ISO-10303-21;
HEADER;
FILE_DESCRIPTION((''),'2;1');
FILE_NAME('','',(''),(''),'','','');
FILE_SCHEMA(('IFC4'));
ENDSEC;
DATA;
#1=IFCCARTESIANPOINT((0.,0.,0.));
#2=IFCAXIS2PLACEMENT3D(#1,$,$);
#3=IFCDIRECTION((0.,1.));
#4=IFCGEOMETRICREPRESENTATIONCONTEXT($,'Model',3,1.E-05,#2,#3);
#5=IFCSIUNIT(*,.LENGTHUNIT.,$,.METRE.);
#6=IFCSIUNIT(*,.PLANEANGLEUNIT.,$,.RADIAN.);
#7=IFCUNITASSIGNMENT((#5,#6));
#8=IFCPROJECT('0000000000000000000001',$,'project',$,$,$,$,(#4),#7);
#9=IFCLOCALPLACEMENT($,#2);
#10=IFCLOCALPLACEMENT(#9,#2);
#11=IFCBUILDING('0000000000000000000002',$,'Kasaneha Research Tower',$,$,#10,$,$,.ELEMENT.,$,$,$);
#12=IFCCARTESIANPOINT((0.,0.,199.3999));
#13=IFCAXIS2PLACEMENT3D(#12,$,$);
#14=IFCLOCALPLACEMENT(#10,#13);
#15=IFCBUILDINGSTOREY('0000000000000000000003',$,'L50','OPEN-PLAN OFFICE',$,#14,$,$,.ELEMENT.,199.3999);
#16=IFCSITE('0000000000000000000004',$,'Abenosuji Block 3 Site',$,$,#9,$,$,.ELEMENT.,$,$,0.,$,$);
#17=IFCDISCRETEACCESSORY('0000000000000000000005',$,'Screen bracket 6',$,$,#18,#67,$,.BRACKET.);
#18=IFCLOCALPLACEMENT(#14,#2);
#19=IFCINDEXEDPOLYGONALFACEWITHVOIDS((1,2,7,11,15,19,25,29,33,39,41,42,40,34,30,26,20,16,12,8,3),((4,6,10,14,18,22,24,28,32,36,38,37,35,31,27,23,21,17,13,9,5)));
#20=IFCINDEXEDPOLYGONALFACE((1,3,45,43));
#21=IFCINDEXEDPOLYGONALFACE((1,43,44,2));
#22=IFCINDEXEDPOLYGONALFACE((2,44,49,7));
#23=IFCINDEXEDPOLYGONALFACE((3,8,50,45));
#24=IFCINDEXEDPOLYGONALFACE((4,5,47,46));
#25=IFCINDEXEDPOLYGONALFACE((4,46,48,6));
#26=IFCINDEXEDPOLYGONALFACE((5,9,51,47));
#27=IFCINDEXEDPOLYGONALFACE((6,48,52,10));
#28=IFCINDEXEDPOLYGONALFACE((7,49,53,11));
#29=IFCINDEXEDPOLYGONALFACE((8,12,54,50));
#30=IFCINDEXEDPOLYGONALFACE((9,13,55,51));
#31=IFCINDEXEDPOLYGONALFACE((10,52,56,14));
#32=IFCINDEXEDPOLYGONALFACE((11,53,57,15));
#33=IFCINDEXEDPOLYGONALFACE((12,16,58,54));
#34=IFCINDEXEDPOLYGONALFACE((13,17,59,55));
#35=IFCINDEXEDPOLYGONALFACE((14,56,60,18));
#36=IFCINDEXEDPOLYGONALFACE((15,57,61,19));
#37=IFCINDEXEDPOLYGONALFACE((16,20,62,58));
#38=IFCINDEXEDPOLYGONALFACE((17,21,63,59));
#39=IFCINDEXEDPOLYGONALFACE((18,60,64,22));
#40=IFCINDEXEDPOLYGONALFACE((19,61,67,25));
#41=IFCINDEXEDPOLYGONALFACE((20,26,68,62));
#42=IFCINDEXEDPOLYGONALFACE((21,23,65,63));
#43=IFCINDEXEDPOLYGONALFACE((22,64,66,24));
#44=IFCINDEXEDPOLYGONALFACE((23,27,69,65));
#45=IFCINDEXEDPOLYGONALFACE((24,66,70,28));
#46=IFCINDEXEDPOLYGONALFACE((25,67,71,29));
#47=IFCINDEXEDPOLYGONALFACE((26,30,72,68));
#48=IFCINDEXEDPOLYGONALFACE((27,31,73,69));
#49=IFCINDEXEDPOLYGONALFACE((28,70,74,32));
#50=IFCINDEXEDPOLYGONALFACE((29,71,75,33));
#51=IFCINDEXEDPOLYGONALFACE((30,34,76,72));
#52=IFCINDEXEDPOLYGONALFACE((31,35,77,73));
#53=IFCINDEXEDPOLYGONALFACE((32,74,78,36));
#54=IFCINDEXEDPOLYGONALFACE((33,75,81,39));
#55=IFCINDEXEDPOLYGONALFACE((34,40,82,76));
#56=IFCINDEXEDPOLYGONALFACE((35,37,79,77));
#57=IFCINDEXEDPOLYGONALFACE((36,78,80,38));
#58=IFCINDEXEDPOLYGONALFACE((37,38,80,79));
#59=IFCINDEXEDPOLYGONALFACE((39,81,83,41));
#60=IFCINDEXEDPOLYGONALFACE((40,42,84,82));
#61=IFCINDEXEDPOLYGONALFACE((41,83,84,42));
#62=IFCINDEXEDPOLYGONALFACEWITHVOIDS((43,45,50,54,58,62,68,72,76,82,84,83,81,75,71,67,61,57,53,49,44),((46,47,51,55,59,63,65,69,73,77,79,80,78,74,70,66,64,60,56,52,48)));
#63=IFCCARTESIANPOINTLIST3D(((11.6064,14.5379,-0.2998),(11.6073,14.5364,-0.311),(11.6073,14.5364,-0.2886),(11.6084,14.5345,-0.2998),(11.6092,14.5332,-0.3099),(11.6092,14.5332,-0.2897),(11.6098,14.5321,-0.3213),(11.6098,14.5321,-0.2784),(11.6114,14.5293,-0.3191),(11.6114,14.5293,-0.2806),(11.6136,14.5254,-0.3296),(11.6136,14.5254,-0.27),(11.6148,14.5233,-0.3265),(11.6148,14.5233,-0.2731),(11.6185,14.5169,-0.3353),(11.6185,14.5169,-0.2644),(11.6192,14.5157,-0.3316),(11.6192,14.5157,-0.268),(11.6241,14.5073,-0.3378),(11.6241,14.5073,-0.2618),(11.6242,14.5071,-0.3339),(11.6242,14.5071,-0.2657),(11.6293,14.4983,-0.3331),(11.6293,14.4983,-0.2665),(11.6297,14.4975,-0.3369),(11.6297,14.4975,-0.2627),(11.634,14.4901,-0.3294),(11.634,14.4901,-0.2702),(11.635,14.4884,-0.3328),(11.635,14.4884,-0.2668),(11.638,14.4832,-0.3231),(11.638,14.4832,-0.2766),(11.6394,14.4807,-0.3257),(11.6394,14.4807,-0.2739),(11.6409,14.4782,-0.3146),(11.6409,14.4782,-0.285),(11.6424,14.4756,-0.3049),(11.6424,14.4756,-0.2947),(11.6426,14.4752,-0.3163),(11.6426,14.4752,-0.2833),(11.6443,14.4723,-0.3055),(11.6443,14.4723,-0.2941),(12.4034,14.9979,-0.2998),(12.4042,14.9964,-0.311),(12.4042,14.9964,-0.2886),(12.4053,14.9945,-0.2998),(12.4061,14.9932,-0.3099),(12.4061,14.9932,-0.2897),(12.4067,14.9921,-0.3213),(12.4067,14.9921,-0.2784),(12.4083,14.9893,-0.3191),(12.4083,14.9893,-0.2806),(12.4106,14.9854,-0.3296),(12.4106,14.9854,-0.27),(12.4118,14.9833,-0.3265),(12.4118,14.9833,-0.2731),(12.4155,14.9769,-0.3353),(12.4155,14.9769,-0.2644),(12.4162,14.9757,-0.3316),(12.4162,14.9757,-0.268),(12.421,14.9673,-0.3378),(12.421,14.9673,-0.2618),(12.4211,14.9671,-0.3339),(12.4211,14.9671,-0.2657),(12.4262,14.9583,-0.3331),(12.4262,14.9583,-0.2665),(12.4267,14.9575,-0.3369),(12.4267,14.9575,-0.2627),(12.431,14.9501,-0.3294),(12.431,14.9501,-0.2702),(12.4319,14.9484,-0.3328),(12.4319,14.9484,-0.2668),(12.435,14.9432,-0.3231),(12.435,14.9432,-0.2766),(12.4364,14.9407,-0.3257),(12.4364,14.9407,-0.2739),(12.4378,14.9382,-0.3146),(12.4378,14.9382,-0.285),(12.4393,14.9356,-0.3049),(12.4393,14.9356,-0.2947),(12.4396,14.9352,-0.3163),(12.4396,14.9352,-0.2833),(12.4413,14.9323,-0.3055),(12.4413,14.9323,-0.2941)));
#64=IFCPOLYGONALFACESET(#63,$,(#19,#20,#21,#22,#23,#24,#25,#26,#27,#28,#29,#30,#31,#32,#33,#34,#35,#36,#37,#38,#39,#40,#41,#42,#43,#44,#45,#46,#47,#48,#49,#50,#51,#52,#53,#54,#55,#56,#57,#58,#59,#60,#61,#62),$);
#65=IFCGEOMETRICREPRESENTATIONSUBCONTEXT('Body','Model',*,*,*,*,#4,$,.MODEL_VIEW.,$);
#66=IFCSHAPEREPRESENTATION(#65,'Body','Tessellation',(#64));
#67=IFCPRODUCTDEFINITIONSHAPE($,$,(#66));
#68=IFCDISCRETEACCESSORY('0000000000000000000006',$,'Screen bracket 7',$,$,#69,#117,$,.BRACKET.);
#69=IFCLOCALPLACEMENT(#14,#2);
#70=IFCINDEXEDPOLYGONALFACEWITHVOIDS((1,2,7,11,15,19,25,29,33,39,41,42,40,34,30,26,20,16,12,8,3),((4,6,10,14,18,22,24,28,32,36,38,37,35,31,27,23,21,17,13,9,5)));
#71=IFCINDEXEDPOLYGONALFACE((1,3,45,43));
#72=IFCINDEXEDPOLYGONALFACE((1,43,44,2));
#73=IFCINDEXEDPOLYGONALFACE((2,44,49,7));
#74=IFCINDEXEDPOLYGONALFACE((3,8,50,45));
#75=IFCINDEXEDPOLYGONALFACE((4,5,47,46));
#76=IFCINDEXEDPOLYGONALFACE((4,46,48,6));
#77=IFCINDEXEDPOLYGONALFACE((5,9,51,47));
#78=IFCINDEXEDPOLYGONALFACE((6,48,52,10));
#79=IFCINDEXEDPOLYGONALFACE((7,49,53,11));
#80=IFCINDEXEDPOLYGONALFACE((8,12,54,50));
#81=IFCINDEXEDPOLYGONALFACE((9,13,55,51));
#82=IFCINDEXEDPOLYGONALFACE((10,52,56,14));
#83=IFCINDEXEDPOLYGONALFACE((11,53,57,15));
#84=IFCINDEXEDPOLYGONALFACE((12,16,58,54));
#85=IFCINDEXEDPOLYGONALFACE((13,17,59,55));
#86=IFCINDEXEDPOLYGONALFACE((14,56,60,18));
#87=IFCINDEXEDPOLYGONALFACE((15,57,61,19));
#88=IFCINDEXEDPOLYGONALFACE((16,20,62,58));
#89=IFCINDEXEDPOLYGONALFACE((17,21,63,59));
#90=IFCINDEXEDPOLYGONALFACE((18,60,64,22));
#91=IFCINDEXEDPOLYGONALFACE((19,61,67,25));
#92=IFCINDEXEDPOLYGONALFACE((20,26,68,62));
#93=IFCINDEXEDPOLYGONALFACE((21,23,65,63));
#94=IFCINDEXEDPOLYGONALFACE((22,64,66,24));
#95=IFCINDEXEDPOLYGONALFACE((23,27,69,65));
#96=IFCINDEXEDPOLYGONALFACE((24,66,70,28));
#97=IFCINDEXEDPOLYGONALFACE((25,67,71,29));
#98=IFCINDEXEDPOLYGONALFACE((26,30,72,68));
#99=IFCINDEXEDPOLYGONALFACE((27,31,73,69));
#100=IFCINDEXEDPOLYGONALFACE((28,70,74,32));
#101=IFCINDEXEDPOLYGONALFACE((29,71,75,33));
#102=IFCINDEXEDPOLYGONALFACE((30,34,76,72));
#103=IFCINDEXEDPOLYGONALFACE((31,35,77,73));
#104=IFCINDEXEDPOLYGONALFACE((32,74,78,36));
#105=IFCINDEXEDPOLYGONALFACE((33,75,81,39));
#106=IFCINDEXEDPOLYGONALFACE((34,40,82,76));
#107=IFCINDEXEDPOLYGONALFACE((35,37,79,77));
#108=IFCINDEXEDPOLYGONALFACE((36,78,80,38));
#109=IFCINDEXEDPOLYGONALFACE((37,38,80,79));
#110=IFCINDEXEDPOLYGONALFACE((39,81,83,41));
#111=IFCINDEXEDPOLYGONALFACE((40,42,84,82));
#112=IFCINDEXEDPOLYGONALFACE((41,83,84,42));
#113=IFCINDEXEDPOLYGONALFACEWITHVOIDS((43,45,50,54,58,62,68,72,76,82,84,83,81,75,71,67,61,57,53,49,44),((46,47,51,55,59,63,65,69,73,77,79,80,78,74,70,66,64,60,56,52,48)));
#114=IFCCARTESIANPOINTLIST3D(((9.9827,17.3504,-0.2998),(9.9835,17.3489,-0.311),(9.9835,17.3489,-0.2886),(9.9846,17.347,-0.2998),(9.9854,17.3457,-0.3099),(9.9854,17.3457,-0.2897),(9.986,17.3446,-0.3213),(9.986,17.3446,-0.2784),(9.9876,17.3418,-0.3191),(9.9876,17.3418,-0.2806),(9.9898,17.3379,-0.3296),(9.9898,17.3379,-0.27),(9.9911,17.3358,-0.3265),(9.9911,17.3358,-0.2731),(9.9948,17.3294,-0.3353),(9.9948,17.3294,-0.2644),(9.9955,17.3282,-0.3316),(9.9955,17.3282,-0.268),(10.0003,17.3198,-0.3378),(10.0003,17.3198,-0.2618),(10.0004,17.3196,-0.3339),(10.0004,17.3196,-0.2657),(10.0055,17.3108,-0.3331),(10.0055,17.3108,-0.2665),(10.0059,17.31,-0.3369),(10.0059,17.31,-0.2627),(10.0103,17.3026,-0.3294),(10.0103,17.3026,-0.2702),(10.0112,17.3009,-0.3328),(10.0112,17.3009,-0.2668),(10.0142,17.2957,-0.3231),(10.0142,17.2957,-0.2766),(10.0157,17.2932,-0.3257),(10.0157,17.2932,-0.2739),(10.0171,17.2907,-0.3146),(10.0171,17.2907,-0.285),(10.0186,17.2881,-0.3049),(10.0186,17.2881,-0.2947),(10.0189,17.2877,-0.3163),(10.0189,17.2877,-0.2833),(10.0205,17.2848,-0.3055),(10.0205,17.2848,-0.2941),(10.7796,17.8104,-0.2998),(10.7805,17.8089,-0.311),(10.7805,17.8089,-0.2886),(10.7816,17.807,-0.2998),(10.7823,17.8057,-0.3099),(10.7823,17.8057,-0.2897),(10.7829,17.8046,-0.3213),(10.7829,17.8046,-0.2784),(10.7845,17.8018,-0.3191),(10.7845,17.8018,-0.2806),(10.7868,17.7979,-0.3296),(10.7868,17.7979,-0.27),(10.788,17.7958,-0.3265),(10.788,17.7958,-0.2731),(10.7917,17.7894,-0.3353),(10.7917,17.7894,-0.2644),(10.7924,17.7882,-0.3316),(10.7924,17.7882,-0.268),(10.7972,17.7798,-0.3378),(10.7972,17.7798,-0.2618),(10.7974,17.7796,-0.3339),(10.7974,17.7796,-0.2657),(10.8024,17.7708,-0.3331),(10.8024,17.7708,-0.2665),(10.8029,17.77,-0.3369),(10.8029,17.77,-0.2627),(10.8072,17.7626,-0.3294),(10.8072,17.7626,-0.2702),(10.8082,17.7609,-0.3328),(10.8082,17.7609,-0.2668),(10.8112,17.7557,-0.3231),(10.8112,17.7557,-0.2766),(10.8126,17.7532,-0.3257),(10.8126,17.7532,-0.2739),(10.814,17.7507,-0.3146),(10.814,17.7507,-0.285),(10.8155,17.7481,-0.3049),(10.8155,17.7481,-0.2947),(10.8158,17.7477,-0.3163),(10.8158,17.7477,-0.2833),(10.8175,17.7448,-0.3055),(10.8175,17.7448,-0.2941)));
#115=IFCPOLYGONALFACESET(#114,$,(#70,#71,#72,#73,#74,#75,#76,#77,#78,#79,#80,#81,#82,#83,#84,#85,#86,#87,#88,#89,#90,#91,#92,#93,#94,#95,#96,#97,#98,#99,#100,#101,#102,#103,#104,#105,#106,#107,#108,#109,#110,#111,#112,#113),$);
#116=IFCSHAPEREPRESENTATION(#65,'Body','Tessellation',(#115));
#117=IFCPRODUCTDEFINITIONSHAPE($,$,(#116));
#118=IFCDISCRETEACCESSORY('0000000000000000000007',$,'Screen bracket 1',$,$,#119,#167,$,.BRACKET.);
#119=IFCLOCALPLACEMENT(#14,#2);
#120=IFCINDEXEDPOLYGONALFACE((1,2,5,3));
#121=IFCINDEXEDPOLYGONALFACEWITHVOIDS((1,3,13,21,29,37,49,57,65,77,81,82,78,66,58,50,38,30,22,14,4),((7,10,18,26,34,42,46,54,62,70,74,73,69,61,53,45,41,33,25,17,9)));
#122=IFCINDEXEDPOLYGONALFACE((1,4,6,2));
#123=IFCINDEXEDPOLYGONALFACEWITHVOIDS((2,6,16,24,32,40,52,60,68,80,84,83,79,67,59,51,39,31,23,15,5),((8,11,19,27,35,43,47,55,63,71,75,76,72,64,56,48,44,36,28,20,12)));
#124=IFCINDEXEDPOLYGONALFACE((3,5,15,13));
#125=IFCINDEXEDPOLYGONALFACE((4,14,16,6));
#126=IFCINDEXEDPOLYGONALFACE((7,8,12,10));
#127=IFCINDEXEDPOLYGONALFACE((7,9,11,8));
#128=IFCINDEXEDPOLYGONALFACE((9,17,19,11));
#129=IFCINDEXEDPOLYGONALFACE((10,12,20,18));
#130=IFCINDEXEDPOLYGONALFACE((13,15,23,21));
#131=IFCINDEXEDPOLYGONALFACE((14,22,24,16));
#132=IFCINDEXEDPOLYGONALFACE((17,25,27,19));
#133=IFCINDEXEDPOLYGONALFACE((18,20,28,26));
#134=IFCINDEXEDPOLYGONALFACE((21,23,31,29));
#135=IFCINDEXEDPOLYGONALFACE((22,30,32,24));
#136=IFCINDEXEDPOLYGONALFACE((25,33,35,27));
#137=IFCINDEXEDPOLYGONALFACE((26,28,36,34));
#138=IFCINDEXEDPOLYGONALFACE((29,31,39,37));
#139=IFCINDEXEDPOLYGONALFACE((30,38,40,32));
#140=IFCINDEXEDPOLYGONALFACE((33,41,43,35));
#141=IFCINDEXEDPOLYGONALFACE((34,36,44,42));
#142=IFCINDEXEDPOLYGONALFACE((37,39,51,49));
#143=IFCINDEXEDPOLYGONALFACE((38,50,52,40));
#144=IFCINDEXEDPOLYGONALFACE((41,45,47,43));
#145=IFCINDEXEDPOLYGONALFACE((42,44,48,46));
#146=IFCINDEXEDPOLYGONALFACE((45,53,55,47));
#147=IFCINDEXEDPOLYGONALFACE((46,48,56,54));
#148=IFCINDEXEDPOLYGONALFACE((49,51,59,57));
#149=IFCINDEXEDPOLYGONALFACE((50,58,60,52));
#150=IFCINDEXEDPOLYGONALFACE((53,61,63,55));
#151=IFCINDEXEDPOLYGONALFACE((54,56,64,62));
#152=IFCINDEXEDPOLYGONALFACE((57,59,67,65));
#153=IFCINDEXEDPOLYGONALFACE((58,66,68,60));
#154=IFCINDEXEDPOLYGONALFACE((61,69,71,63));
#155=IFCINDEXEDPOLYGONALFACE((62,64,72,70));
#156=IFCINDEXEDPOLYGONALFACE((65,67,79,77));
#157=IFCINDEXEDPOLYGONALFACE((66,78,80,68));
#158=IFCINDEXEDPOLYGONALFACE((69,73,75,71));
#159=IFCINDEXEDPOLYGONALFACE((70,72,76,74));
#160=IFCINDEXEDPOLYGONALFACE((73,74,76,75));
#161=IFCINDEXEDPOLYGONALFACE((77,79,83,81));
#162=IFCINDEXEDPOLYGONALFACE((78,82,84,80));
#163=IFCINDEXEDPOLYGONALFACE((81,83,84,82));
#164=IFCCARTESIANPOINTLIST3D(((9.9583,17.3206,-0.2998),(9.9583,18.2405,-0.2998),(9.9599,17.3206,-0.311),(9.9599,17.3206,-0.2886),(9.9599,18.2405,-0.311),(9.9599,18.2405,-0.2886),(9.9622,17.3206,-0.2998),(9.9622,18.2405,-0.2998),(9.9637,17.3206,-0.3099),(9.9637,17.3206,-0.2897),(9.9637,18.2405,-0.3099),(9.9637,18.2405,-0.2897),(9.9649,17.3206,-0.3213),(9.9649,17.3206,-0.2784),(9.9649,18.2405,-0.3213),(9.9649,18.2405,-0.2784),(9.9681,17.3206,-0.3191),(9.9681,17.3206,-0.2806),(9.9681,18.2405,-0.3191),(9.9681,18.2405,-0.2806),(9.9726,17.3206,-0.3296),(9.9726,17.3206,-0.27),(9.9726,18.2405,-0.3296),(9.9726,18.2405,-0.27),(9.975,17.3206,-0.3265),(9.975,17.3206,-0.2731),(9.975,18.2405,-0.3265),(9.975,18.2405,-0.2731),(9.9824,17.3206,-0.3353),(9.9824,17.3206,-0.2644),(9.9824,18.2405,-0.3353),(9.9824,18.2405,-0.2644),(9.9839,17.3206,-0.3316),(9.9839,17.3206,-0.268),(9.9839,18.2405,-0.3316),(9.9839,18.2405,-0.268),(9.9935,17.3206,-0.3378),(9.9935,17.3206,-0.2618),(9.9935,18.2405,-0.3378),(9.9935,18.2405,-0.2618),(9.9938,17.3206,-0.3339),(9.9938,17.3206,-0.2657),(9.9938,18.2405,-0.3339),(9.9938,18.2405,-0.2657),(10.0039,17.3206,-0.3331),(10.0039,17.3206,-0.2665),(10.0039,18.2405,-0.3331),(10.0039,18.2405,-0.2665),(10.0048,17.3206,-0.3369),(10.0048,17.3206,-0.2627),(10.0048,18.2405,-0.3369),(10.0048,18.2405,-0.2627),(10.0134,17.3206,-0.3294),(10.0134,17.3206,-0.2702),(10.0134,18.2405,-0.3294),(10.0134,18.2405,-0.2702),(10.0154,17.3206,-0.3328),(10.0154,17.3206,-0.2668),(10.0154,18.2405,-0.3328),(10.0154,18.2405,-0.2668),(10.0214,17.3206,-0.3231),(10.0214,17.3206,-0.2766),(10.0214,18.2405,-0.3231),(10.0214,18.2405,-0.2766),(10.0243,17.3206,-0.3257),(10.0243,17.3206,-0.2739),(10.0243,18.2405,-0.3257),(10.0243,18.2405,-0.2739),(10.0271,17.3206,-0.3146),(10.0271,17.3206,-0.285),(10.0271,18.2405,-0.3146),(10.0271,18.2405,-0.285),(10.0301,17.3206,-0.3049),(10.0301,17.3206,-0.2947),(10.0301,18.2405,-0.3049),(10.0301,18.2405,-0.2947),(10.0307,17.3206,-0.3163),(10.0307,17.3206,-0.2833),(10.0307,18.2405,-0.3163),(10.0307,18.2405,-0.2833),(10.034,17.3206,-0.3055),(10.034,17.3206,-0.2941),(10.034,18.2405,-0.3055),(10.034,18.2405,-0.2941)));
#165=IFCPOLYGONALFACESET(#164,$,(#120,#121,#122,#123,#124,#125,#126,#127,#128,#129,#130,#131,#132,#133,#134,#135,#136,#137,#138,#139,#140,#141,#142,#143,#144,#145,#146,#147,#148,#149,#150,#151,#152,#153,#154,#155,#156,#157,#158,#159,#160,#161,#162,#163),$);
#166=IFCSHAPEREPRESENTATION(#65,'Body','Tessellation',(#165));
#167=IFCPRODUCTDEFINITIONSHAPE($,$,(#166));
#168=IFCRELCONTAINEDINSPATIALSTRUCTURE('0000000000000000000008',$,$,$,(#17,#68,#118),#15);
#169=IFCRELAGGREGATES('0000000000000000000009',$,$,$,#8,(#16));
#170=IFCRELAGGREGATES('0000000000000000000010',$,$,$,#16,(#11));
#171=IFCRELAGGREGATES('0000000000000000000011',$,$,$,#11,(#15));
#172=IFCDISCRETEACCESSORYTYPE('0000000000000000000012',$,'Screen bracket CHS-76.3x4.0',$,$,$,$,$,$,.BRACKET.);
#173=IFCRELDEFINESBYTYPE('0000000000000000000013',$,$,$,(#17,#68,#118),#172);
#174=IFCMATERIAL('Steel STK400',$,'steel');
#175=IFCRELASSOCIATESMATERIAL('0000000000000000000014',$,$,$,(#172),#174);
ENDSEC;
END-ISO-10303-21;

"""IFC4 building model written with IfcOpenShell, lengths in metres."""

from ifc_helpers import new_model, si_unit, direction, frame, origin, origin_2d, place, context, subcontext, project, spatial, hollow_circle, extrude, material, material_profile, profile_set, type_object, element, save


model = new_model("IFC4")

# Units and contexts
model_context = context("Model", 3, precision=1e-05, world=origin(), true_north=direction((0.0, 1.0)))
body_context = subcontext(model_context, "Body", "Model", "MODEL_VIEW")
ifc_project = project(units=[si_unit("LENGTHUNIT", "METRE"), si_unit("PLANEANGLEUNIT", "RADIAN")], contexts=[model_context])

# Site, building, storey
site_placement = place(None, origin())
site = spatial("IfcSite", under=ifc_project, at=site_placement, Name="Abenosuji Block 3 Site", CompositionType="ELEMENT", RefElevation=0.0)
building_placement = place(site_placement, origin())
building = spatial("IfcBuilding", under=site, at=building_placement, Name="Kasaneha Research Tower", CompositionType="ELEMENT")
storey_placement = place(building_placement, frame((0.0, 0.0, 199.3999)))
storey = spatial("IfcBuildingStorey", under=building, at=storey_placement, Name="L50", Description="OPEN-PLAN OFFICE", CompositionType="ELEMENT", Elevation=199.3999)

# Discrete accessories
ifc_material_1 = material(Name="Steel STK400", Category="steel")
ifc_material_profile_1 = material_profile(ifc_material_1, hollow_circle(Radius=0.0381, WallThickness=0.0039, at=origin_2d()), Name="CHS-76.3x4.0")
ifc_profile_set_1 = profile_set([ifc_material_profile_1], Name="Steel STK400")
discrete_accessory_type = type_object("IfcDiscreteAccessoryType", Name="Screen bracket CHS-76.3x4.0", PredefinedType="BRACKET", material=ifc_profile_set_1)
for number, where, z_axis, x_axis, name in (
    (1, (11.6255, 14.5049, -0.2998), (0.86608, 0.499906, 0.0), (-0.499906, 0.86608, 0.0), "Screen bracket 6"),
    (2, (10.0017, 17.3174, -0.2998), (0.86608, 0.499906, 0.0), (-0.499906, 0.86608, 0.0), "Screen bracket 7"),
):
    element("IfcDiscreteAccessory", number, at=place(storey_placement, frame(where, z_axis=z_axis, x_axis=x_axis)), inside=storey, type_object=discrete_accessory_type, Name=name, PredefinedType="BRACKET", context=body_context, shape_type="SweptSolid", body=[
        extrude(hollow_circle(Radius=0.0381, WallThickness=0.0039, at=origin_2d()), origin(), (0.0, 0.0, 1.0), 0.9202),
    ])
discrete_accessory_placement = place(storey_placement, frame((9.9963, 17.3206, -0.2998), z_axis=(0.0, 1.0, 0.0), x_axis=(-1.0, 0.0, 0.0)))
element("IfcDiscreteAccessory", 3, at=discrete_accessory_placement, inside=storey, type_object=discrete_accessory_type, Name="Screen bracket 1", PredefinedType="BRACKET", context=body_context, shape_type="SweptSolid", body=[
    extrude(hollow_circle(Radius=0.0381, WallThickness=0.0039, at=origin_2d()), origin(), (0.0, 0.0, 1.0), 0.9199),
])

save(model, "model.ifc")
